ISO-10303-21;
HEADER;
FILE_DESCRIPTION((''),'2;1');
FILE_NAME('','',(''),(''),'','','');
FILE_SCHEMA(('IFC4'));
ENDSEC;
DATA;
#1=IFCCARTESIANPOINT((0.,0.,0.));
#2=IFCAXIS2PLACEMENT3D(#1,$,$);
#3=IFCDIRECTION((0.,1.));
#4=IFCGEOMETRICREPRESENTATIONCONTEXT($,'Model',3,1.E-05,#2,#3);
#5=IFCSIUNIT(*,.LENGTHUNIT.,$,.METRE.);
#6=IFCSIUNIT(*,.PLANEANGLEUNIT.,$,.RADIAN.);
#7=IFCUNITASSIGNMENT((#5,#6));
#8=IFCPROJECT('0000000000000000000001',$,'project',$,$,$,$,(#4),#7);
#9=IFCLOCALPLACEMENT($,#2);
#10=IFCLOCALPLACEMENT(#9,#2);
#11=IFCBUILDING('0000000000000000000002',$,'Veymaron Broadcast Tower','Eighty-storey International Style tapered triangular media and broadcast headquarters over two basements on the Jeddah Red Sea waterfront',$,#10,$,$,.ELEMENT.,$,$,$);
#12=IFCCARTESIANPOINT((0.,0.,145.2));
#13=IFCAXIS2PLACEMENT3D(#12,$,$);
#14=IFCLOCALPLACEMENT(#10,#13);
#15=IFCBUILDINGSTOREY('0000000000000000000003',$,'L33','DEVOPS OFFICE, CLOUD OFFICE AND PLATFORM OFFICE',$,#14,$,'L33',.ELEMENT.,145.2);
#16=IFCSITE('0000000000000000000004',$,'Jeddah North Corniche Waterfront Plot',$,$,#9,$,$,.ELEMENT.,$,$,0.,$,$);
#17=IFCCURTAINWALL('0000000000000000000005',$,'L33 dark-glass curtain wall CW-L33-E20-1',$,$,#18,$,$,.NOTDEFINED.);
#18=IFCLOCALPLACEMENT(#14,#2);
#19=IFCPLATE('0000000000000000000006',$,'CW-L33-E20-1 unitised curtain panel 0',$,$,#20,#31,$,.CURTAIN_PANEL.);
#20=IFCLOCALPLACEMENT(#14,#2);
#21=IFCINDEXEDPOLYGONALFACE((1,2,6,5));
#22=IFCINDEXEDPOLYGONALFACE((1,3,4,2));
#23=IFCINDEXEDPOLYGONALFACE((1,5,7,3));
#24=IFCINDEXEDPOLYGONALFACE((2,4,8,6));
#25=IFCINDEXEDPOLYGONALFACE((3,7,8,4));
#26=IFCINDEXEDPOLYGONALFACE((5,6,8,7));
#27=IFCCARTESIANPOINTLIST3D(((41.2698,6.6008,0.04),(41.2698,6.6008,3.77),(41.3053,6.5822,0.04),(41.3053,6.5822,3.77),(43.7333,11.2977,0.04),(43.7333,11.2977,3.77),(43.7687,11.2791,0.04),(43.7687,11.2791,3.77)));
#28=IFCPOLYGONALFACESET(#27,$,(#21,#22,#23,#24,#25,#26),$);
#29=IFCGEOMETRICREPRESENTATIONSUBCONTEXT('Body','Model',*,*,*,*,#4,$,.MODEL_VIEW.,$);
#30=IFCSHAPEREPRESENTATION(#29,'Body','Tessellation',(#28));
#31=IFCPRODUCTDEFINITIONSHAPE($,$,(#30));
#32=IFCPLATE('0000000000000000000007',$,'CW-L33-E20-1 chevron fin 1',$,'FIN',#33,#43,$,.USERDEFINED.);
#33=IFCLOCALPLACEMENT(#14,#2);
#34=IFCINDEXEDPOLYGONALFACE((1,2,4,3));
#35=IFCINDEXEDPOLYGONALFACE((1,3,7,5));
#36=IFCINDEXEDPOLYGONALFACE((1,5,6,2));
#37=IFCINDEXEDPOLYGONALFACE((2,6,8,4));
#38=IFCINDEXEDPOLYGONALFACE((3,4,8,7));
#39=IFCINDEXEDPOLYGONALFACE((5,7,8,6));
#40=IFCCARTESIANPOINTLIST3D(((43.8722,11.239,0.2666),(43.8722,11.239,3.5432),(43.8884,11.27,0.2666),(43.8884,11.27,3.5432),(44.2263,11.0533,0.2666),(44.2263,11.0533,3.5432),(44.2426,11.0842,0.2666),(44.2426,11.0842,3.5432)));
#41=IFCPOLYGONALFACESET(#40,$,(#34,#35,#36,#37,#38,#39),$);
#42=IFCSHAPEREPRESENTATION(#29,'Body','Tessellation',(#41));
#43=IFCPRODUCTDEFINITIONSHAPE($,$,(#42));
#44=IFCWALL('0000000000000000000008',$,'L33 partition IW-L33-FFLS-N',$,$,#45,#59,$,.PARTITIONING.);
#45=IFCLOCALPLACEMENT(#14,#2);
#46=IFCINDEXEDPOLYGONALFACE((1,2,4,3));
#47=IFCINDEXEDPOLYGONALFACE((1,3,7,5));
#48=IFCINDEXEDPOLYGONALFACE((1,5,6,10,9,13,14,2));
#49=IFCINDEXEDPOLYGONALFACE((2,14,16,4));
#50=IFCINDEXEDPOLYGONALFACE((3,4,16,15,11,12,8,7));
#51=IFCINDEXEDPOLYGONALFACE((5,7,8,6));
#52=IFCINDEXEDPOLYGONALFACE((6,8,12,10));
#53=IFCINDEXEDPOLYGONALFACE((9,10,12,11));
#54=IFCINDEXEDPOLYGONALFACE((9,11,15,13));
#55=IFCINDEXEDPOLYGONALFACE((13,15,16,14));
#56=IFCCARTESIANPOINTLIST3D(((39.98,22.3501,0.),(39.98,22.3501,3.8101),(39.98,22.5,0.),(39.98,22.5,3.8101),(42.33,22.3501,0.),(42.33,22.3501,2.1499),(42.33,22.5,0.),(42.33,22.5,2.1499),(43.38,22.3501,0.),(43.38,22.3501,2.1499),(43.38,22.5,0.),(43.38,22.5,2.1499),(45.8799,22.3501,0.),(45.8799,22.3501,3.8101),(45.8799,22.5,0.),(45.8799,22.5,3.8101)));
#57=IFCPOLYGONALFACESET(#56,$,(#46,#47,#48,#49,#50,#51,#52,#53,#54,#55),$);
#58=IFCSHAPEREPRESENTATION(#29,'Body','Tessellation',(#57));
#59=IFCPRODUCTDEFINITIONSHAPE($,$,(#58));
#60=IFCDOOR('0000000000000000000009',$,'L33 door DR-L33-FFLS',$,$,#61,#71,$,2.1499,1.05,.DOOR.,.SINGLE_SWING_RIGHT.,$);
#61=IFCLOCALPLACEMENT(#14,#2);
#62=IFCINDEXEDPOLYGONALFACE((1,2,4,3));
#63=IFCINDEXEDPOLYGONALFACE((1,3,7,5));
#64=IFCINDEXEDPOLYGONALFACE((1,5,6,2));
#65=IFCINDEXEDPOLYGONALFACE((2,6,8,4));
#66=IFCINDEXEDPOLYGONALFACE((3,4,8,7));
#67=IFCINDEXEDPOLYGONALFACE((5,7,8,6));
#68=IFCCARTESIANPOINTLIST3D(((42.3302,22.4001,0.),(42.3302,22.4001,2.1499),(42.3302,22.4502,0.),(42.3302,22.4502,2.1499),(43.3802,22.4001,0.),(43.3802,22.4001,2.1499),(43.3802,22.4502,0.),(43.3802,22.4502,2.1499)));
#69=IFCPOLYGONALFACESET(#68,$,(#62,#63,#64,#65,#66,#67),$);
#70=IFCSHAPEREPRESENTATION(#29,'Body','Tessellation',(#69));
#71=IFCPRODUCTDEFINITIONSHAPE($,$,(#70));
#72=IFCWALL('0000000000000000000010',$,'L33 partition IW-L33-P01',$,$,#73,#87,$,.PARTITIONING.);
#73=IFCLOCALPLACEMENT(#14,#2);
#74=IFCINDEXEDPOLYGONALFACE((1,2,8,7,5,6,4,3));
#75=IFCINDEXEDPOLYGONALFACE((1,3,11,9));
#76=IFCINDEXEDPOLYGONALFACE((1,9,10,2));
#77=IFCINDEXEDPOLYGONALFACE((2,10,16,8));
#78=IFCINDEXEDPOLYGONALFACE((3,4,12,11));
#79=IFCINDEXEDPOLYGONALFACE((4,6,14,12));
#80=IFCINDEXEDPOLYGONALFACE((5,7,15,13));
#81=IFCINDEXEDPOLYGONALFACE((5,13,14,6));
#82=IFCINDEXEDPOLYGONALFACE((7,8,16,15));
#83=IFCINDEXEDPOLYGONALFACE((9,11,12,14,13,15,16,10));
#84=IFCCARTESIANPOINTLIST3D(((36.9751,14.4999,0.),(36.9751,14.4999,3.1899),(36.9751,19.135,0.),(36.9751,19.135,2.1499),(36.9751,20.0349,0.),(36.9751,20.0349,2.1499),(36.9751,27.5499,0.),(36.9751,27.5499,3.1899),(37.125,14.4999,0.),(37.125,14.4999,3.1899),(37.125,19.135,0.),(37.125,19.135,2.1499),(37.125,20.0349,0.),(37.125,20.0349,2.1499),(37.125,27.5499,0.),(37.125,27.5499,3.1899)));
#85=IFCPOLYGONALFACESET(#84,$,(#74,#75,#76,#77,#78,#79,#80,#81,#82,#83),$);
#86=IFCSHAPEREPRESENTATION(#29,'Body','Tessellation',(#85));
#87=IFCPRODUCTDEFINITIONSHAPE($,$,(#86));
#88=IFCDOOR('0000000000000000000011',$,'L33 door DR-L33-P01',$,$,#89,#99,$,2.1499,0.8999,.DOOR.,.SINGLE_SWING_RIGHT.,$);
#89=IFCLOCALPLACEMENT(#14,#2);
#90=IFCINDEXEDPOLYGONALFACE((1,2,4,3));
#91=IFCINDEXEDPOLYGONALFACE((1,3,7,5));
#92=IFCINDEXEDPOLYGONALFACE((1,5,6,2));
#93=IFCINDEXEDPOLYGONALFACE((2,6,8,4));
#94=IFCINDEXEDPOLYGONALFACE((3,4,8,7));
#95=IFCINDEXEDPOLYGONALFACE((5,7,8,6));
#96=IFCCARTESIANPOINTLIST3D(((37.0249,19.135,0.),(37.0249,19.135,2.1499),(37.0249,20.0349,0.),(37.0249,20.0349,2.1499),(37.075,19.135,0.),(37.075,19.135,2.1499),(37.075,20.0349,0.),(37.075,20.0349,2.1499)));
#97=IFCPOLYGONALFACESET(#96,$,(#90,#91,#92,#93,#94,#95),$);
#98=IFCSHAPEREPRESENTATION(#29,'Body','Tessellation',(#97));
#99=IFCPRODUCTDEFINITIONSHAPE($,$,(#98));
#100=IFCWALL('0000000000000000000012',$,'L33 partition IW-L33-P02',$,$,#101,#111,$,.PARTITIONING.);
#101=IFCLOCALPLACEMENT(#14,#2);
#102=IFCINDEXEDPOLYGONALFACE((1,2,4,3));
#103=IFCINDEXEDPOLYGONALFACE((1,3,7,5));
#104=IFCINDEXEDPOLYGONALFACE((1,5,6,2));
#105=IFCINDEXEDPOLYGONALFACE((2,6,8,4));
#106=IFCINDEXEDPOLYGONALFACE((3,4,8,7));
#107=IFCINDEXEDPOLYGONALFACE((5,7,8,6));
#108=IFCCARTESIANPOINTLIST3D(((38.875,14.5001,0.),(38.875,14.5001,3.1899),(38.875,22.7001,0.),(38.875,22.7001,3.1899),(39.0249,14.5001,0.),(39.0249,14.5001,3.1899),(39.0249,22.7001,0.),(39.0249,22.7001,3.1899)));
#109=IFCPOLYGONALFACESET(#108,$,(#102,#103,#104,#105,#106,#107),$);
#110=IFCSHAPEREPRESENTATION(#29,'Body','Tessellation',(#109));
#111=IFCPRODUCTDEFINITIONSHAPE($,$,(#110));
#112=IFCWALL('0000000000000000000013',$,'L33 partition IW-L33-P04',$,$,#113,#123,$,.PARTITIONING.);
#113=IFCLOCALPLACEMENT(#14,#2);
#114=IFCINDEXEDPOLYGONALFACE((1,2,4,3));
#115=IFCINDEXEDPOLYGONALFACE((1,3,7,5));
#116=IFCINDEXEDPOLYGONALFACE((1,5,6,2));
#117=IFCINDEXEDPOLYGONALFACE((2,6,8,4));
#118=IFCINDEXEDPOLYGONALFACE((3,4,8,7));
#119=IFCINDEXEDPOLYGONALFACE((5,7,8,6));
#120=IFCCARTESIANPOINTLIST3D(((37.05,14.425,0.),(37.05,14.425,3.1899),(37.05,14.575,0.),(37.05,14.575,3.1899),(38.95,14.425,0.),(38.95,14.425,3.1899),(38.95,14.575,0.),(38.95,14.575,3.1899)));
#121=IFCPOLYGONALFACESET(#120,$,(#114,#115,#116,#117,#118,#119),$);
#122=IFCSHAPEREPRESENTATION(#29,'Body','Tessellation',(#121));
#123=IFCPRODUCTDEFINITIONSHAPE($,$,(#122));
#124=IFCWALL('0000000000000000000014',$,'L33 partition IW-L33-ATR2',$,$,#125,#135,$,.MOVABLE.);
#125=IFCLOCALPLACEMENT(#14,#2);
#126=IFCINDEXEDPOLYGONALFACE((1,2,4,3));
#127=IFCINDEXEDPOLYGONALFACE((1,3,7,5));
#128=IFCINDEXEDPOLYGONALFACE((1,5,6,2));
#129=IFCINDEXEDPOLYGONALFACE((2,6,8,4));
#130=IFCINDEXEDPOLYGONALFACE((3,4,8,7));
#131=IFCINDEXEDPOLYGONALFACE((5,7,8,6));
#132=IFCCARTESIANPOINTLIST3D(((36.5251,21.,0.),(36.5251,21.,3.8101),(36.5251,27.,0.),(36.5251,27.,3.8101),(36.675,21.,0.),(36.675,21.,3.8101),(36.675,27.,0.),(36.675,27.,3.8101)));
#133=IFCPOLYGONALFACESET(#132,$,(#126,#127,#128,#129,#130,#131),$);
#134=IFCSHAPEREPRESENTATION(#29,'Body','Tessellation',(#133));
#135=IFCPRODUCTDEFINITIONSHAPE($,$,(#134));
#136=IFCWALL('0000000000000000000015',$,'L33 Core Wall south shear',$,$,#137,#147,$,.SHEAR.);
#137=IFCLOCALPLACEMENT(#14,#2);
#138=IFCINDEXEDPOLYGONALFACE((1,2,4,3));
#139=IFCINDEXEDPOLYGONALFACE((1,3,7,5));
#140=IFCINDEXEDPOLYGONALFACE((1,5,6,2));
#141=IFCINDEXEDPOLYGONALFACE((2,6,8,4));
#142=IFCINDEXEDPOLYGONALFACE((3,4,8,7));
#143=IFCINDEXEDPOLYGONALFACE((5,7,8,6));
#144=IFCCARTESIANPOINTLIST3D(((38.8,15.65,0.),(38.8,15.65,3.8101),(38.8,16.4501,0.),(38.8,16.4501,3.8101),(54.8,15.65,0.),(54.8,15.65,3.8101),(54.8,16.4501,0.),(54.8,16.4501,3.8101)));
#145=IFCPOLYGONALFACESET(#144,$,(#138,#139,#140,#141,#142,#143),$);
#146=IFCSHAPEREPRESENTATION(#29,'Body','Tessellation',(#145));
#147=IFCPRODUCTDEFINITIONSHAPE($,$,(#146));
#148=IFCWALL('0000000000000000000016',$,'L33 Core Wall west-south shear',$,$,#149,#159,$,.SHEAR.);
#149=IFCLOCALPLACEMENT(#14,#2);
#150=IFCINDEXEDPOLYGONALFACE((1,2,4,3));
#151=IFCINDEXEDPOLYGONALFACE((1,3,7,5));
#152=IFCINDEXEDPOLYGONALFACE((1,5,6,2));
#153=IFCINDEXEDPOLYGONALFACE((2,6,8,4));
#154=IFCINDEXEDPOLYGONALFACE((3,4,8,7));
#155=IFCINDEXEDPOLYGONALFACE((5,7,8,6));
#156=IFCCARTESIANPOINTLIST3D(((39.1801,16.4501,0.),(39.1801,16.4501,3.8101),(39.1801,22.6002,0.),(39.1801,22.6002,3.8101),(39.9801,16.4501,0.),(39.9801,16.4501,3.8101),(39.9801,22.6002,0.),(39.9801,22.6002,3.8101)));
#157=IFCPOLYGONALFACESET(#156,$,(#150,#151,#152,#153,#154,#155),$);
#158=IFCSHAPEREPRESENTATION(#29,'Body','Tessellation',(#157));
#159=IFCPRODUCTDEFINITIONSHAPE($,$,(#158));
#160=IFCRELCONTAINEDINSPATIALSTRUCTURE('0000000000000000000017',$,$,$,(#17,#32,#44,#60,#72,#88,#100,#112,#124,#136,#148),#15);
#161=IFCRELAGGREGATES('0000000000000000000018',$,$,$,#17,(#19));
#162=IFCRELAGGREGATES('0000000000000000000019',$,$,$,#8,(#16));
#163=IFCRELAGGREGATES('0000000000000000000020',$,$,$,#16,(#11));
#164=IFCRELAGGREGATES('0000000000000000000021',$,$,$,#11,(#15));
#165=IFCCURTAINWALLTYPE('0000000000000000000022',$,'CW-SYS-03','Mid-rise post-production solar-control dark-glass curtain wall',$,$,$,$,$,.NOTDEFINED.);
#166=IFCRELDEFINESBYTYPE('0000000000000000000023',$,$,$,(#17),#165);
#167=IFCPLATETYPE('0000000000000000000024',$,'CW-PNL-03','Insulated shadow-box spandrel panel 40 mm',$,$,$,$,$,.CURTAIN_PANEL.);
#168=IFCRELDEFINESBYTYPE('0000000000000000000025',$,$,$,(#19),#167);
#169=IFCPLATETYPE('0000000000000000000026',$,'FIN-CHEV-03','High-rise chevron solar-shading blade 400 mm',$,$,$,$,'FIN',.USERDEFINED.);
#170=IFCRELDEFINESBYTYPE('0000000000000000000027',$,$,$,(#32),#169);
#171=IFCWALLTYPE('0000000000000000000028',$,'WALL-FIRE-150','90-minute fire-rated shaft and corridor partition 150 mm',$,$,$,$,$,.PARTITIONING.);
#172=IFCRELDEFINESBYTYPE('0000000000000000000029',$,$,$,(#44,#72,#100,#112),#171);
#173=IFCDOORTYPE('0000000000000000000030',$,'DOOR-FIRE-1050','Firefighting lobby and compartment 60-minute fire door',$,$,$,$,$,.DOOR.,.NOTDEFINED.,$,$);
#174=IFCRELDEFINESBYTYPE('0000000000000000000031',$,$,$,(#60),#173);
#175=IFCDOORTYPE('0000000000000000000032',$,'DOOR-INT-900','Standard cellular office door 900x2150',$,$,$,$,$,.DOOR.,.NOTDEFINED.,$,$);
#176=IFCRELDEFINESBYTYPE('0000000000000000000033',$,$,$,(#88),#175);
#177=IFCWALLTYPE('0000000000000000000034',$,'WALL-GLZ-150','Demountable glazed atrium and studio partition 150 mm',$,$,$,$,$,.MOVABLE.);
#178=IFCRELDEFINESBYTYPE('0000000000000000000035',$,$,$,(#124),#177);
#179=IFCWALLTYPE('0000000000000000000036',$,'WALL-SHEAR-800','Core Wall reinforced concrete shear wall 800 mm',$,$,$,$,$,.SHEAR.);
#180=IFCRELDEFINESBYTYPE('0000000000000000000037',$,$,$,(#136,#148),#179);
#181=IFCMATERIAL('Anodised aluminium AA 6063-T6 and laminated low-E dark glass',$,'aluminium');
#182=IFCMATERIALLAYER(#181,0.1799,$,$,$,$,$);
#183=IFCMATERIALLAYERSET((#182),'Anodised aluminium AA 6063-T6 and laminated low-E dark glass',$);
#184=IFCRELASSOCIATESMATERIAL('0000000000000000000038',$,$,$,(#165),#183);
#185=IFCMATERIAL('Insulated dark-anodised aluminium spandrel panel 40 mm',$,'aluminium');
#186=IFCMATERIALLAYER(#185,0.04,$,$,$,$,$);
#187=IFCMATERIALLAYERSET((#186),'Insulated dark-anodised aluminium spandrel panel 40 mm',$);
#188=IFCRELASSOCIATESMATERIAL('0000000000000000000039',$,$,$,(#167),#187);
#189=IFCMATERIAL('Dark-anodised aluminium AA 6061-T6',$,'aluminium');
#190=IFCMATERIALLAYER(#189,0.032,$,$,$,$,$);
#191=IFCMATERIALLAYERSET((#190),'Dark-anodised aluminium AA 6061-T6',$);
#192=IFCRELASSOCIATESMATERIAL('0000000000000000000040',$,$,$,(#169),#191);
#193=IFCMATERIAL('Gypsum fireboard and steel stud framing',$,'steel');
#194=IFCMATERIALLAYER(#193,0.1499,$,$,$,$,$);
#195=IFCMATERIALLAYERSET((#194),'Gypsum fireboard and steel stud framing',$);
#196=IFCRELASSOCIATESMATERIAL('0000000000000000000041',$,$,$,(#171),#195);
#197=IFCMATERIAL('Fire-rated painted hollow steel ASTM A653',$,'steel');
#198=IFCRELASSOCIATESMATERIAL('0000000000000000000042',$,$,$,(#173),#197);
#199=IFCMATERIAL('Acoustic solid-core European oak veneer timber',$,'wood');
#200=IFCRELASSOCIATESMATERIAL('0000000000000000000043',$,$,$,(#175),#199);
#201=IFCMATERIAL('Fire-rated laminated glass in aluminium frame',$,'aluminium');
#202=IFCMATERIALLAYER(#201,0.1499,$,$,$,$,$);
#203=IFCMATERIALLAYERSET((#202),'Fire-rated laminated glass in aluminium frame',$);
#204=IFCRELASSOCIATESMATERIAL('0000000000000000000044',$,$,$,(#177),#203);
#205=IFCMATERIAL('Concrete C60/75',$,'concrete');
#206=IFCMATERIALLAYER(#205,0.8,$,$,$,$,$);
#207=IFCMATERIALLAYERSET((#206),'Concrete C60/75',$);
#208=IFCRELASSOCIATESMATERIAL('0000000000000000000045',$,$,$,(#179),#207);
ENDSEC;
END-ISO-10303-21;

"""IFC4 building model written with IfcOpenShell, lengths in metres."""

from ifc_helpers import new_model, si_unit, direction, frame, frame_2d, origin, origin_2d, place, context, subcontext, project, spatial, rectangle, extrude, material, layer, layer_set, type_object, element, fill, aggregate, save


model = new_model("IFC4")

# Units and contexts
model_context = context("Model", 3, precision=1e-05, world=origin(), true_north=direction((0.0, 1.0)))
body_context = subcontext(model_context, "Body", "Model", "MODEL_VIEW")
ifc_project = project(units=[si_unit("LENGTHUNIT", "METRE"), si_unit("PLANEANGLEUNIT", "RADIAN")], contexts=[model_context])

# Site, building, storey
site_placement = place(None, origin())
site = spatial("IfcSite", under=ifc_project, at=site_placement, Name="Jeddah North Corniche Waterfront Plot", CompositionType="ELEMENT", RefElevation=0.0)
building_placement = place(site_placement, origin())
building = spatial("IfcBuilding", under=site, at=building_placement, Name="Veymaron Broadcast Tower", Description="Eighty-storey International Style tapered triangular media and broadcast headquarters over two basements on the Jeddah Red Sea waterfront", CompositionType="ELEMENT")
storey_placement = place(building_placement, frame((0.0, 0.0, 145.2)))
storey = spatial("IfcBuildingStorey", under=building, at=storey_placement, Name="L33", Description="DEVOPS OFFICE, CLOUD OFFICE AND PLATFORM OFFICE", LongName="L33", CompositionType="ELEMENT", Elevation=145.2)

# Curtain wall, plate
ifc_material_1 = material(Name="Anodised aluminium AA 6063-T6 and laminated low-E dark glass", Category="aluminium")
ifc_layer_1 = layer(ifc_material_1, 0.1799)
ifc_layer_set_1 = layer_set([ifc_layer_1], Name="Anodised aluminium AA 6063-T6 and laminated low-E dark glass")
curtain_wall_type = type_object("IfcCurtainWallType", Name="CW-SYS-03", Description="Mid-rise post-production solar-control dark-glass curtain wall", PredefinedType="NOTDEFINED", material=ifc_layer_set_1)
curtain_wall_placement = place(storey_placement, origin())
curtain_wall = element("IfcCurtainWall", 1, at=curtain_wall_placement, inside=storey, type_object=curtain_wall_type, Name="L33 dark-glass curtain wall CW-L33-E20-1", PredefinedType="NOTDEFINED")
ifc_material_2 = material(Name="Insulated dark-anodised aluminium spandrel panel 40 mm", Category="aluminium")
ifc_layer_2 = layer(ifc_material_2, 0.04)
ifc_layer_set_2 = layer_set([ifc_layer_2], Name="Insulated dark-anodised aluminium spandrel panel 40 mm")
plate_type_1 = type_object("IfcPlateType", Name="CW-PNL-03", Description="Insulated shadow-box spandrel panel 40 mm", PredefinedType="CURTAIN_PANEL", material=ifc_layer_set_2)
plate_1_placement = place(storey_placement, frame((42.5193, 8.9399, 0.04), z_axis=(0.0, 0.0, 1.0), x_axis=(0.464471, 0.885588, 0.0)))
plate_1 = element("IfcPlate", 2, at=plate_1_placement, type_object=plate_type_1, Name="CW-L33-E20-1 unitised curtain panel 0", PredefinedType="CURTAIN_PANEL", context=body_context, shape_type="SweptSolid", body=[
    extrude(rectangle(XDim=5.3037, YDim=0.04, at=origin_2d()), origin(), (0.0, 0.0, 1.0), 3.73),
])
aggregate(curtain_wall, [plate_1])

# Plate
ifc_material_3 = material(Name="Dark-anodised aluminium AA 6061-T6", Category="aluminium")
ifc_layer_3 = layer(ifc_material_3, 0.032)
ifc_layer_set_3 = layer_set([ifc_layer_3], Name="Dark-anodised aluminium AA 6061-T6")
plate_type_2 = type_object("IfcPlateType", Name="FIN-CHEV-03", Description="High-rise chevron solar-shading blade 400 mm", ElementType="FIN", PredefinedType="USERDEFINED", material=ifc_layer_set_3)
plate_2_placement = place(storey_placement, frame((44.0574, 11.1616, 0.2666), z_axis=(0.0, 0.0, 1.0), x_axis=(0.885588, -0.464471, 0.0)))
element("IfcPlate", 3, at=plate_2_placement, inside=storey, type_object=plate_type_2, Name="CW-L33-E20-1 chevron fin 1", ObjectType="FIN", PredefinedType="USERDEFINED", context=body_context, shape_type="SweptSolid", body=[
    extrude(rectangle(XDim=0.3999, YDim=0.0349, at=origin_2d()), origin(), (0.0, 0.0, 1.0), 3.2766),
])

# Walls, openings, doors
ifc_material_4 = material(Name="Gypsum fireboard and steel stud framing", Category="steel")
ifc_layer_4 = layer(ifc_material_4, 0.1499)
ifc_layer_set_4 = layer_set([ifc_layer_4], Name="Gypsum fireboard and steel stud framing")
wall_type_1 = type_object("IfcWallType", Name="WALL-FIRE-150", Description="90-minute fire-rated shaft and corridor partition 150 mm", PredefinedType="PARTITIONING", material=ifc_layer_set_4)
wall_1_placement = place(storey_placement, frame((39.98, 22.425, 0.0), z_axis=(0.0, 0.0, 1.0), x_axis=(1.0, 0.0, 0.0)))
wall_1 = element("IfcWall", 4, at=wall_1_placement, inside=storey, type_object=wall_type_1, Name="L33 partition IW-L33-FFLS-N", PredefinedType="PARTITIONING", context=body_context, shape_type="SweptSolid", body=[
    extrude(rectangle(XDim=5.8999, YDim=0.1499, at=frame_2d((2.95, 0.0))), origin(), (0.0, 0.0, 1.0), 3.8101),
])
opening_1_placement = place(wall_1_placement, frame((2.3501, 0.0, 0.0)))
opening_1 = element("IfcOpeningElement", 5, at=opening_1_placement, cuts=wall_1, PredefinedType="OPENING", context=body_context, shape_type="SweptSolid", body=[
    extrude(rectangle(XDim=1.05, YDim=2.1499, at=frame_2d((0.5249, 1.075))), frame((0.0, 0.085, 0.0), z_axis=(0.0, -1.0, 0.0), x_axis=(1.0, 0.0, 0.0)), (0.0, 0.0, 1.0), 0.1699),
])
ifc_material_5 = material(Name="Fire-rated painted hollow steel ASTM A653", Category="steel")
door_type_1 = type_object("IfcDoorType", Name="DOOR-FIRE-1050", Description="Firefighting lobby and compartment 60-minute fire door", OperationType="NOTDEFINED", PredefinedType="DOOR", material=ifc_material_5)
door_1_placement = place(opening_1_placement, frame((1.05, 0.0, 0.0), z_axis=(0.0, 0.0, 1.0), x_axis=(-1.0, 0.0, 0.0)))
door_1 = element("IfcDoor", 6, at=door_1_placement, inside=storey, type_object=door_type_1, Name="L33 door DR-L33-FFLS", OperationType="SINGLE_SWING_RIGHT", OverallHeight=2.1499, OverallWidth=1.05, PredefinedType="DOOR", context=body_context, shape_type="SweptSolid", body=[
    extrude(rectangle(XDim=1.05, YDim=2.1499, at=frame_2d((0.5249, 1.075))), frame((0.0, 0.0249, 0.0), z_axis=(0.0, -1.0, 0.0), x_axis=(1.0, 0.0, 0.0)), (0.0, 0.0, 1.0), 0.05),
])
fill(opening_1, door_1)
wall_2_placement = place(storey_placement, frame((37.05, 14.5, 0.0), z_axis=(0.0, 0.0, 1.0), x_axis=(0.0, 1.0, 0.0)))
wall_2 = element("IfcWall", 7, at=wall_2_placement, inside=storey, type_object=wall_type_1, Name="L33 partition IW-L33-P01", PredefinedType="PARTITIONING", context=body_context, shape_type="SweptSolid", body=[
    extrude(rectangle(XDim=13.05, YDim=0.1499, at=frame_2d((6.5249, 0.0))), origin(), (0.0, 0.0, 1.0), 3.1899),
])
opening_2_placement = place(wall_2_placement, frame((4.635, 0.0, 0.0)))
opening_2 = element("IfcOpeningElement", 8, at=opening_2_placement, cuts=wall_2, PredefinedType="OPENING", context=body_context, shape_type="SweptSolid", body=[
    extrude(rectangle(XDim=0.8999, YDim=2.1499, at=frame_2d((0.45, 1.075))), frame((0.0, 0.085, 0.0), z_axis=(0.0, -1.0, 0.0), x_axis=(1.0, 0.0, 0.0)), (0.0, 0.0, 1.0), 0.1699),
])
ifc_material_6 = material(Name="Acoustic solid-core European oak veneer timber", Category="wood")
door_type_2 = type_object("IfcDoorType", Name="DOOR-INT-900", Description="Standard cellular office door 900x2150", OperationType="NOTDEFINED", PredefinedType="DOOR", material=ifc_material_6)
door_2_placement = place(opening_2_placement, frame((0.8999, 0.0, 0.0), z_axis=(0.0, 0.0, 1.0), x_axis=(-1.0, 0.0, 0.0)))
door_2 = element("IfcDoor", 9, at=door_2_placement, inside=storey, type_object=door_type_2, Name="L33 door DR-L33-P01", OperationType="SINGLE_SWING_RIGHT", OverallHeight=2.1499, OverallWidth=0.8999, PredefinedType="DOOR", context=body_context, shape_type="SweptSolid", body=[
    extrude(rectangle(XDim=0.8999, YDim=2.1499, at=frame_2d((0.45, 1.075))), frame((0.0, 0.0249, 0.0), z_axis=(0.0, -1.0, 0.0), x_axis=(1.0, 0.0, 0.0)), (0.0, 0.0, 1.0), 0.05),
])
fill(opening_2, door_2)

# Walls
wall_3_placement = place(storey_placement, frame((38.95, 14.5, 0.0), z_axis=(0.0, 0.0, 1.0), x_axis=(0.0, 1.0, 0.0)))
element("IfcWall", 10, at=wall_3_placement, inside=storey, type_object=wall_type_1, Name="L33 partition IW-L33-P02", PredefinedType="PARTITIONING", context=body_context, shape_type="SweptSolid", body=[
    extrude(rectangle(XDim=8.2, YDim=0.1499, at=frame_2d((4.1001, 0.0))), origin(), (0.0, 0.0, 1.0), 3.1899),
])
wall_4_placement = place(storey_placement, frame((37.05, 14.5, 0.0), z_axis=(0.0, 0.0, 1.0), x_axis=(1.0, 0.0, 0.0)))
element("IfcWall", 11, at=wall_4_placement, inside=storey, type_object=wall_type_1, Name="L33 partition IW-L33-P04", PredefinedType="PARTITIONING", context=body_context, shape_type="SweptSolid", body=[
    extrude(rectangle(XDim=1.8999, YDim=0.1499, at=frame_2d((0.95, 0.0))), origin(), (0.0, 0.0, 1.0), 3.1899),
])
ifc_material_7 = material(Name="Fire-rated laminated glass in aluminium frame", Category="aluminium")
ifc_layer_5 = layer(ifc_material_7, 0.1499)
ifc_layer_set_5 = layer_set([ifc_layer_5], Name="Fire-rated laminated glass in aluminium frame")
wall_type_2 = type_object("IfcWallType", Name="WALL-GLZ-150", Description="Demountable glazed atrium and studio partition 150 mm", PredefinedType="MOVABLE", material=ifc_layer_set_5)
wall_5_placement = place(storey_placement, frame((36.6001, 21.0, 0.0), z_axis=(0.0, 0.0, 1.0), x_axis=(0.0, 1.0, 0.0)))
element("IfcWall", 12, at=wall_5_placement, inside=storey, type_object=wall_type_2, Name="L33 partition IW-L33-ATR2", PredefinedType="MOVABLE", context=body_context, shape_type="SweptSolid", body=[
    extrude(rectangle(XDim=6.0, YDim=0.1499, at=frame_2d((3.0, 0.0))), origin(), (0.0, 0.0, 1.0), 3.8101),
])

# Walls
ifc_material_8 = material(Name="Concrete C60/75", Category="concrete")
ifc_layer_6 = layer(ifc_material_8, 0.8)
ifc_layer_set_6 = layer_set([ifc_layer_6], Name="Concrete C60/75")
wall_type_3 = type_object("IfcWallType", Name="WALL-SHEAR-800", Description="Core Wall reinforced concrete shear wall 800 mm", PredefinedType="SHEAR", material=ifc_layer_set_6)
wall_6_placement = place(storey_placement, frame((38.8, 16.05, 0.0), z_axis=(0.0, 0.0, 1.0), x_axis=(1.0, 0.0, 0.0)))
element("IfcWall", 13, at=wall_6_placement, inside=storey, type_object=wall_type_3, Name="L33 Core Wall south shear", PredefinedType="SHEAR", context=body_context, shape_type="SweptSolid", body=[
    extrude(rectangle(XDim=16.0, YDim=0.8, at=frame_2d((8.0, 0.0))), origin(), (0.0, 0.0, 1.0), 3.8101),
])
wall_7_placement = place(storey_placement, frame((39.5801, 16.45, 0.0), z_axis=(0.0, 0.0, 1.0), x_axis=(0.0, 1.0, 0.0)))
element("IfcWall", 14, at=wall_7_placement, inside=storey, type_object=wall_type_3, Name="L33 Core Wall west-south shear", PredefinedType="SHEAR", context=body_context, shape_type="SweptSolid", body=[
    extrude(rectangle(XDim=6.1501, YDim=0.8, at=frame_2d((3.0752, 0.0))), origin(), (0.0, 0.0, 1.0), 3.8101),
])

save(model, "model.ifc")
